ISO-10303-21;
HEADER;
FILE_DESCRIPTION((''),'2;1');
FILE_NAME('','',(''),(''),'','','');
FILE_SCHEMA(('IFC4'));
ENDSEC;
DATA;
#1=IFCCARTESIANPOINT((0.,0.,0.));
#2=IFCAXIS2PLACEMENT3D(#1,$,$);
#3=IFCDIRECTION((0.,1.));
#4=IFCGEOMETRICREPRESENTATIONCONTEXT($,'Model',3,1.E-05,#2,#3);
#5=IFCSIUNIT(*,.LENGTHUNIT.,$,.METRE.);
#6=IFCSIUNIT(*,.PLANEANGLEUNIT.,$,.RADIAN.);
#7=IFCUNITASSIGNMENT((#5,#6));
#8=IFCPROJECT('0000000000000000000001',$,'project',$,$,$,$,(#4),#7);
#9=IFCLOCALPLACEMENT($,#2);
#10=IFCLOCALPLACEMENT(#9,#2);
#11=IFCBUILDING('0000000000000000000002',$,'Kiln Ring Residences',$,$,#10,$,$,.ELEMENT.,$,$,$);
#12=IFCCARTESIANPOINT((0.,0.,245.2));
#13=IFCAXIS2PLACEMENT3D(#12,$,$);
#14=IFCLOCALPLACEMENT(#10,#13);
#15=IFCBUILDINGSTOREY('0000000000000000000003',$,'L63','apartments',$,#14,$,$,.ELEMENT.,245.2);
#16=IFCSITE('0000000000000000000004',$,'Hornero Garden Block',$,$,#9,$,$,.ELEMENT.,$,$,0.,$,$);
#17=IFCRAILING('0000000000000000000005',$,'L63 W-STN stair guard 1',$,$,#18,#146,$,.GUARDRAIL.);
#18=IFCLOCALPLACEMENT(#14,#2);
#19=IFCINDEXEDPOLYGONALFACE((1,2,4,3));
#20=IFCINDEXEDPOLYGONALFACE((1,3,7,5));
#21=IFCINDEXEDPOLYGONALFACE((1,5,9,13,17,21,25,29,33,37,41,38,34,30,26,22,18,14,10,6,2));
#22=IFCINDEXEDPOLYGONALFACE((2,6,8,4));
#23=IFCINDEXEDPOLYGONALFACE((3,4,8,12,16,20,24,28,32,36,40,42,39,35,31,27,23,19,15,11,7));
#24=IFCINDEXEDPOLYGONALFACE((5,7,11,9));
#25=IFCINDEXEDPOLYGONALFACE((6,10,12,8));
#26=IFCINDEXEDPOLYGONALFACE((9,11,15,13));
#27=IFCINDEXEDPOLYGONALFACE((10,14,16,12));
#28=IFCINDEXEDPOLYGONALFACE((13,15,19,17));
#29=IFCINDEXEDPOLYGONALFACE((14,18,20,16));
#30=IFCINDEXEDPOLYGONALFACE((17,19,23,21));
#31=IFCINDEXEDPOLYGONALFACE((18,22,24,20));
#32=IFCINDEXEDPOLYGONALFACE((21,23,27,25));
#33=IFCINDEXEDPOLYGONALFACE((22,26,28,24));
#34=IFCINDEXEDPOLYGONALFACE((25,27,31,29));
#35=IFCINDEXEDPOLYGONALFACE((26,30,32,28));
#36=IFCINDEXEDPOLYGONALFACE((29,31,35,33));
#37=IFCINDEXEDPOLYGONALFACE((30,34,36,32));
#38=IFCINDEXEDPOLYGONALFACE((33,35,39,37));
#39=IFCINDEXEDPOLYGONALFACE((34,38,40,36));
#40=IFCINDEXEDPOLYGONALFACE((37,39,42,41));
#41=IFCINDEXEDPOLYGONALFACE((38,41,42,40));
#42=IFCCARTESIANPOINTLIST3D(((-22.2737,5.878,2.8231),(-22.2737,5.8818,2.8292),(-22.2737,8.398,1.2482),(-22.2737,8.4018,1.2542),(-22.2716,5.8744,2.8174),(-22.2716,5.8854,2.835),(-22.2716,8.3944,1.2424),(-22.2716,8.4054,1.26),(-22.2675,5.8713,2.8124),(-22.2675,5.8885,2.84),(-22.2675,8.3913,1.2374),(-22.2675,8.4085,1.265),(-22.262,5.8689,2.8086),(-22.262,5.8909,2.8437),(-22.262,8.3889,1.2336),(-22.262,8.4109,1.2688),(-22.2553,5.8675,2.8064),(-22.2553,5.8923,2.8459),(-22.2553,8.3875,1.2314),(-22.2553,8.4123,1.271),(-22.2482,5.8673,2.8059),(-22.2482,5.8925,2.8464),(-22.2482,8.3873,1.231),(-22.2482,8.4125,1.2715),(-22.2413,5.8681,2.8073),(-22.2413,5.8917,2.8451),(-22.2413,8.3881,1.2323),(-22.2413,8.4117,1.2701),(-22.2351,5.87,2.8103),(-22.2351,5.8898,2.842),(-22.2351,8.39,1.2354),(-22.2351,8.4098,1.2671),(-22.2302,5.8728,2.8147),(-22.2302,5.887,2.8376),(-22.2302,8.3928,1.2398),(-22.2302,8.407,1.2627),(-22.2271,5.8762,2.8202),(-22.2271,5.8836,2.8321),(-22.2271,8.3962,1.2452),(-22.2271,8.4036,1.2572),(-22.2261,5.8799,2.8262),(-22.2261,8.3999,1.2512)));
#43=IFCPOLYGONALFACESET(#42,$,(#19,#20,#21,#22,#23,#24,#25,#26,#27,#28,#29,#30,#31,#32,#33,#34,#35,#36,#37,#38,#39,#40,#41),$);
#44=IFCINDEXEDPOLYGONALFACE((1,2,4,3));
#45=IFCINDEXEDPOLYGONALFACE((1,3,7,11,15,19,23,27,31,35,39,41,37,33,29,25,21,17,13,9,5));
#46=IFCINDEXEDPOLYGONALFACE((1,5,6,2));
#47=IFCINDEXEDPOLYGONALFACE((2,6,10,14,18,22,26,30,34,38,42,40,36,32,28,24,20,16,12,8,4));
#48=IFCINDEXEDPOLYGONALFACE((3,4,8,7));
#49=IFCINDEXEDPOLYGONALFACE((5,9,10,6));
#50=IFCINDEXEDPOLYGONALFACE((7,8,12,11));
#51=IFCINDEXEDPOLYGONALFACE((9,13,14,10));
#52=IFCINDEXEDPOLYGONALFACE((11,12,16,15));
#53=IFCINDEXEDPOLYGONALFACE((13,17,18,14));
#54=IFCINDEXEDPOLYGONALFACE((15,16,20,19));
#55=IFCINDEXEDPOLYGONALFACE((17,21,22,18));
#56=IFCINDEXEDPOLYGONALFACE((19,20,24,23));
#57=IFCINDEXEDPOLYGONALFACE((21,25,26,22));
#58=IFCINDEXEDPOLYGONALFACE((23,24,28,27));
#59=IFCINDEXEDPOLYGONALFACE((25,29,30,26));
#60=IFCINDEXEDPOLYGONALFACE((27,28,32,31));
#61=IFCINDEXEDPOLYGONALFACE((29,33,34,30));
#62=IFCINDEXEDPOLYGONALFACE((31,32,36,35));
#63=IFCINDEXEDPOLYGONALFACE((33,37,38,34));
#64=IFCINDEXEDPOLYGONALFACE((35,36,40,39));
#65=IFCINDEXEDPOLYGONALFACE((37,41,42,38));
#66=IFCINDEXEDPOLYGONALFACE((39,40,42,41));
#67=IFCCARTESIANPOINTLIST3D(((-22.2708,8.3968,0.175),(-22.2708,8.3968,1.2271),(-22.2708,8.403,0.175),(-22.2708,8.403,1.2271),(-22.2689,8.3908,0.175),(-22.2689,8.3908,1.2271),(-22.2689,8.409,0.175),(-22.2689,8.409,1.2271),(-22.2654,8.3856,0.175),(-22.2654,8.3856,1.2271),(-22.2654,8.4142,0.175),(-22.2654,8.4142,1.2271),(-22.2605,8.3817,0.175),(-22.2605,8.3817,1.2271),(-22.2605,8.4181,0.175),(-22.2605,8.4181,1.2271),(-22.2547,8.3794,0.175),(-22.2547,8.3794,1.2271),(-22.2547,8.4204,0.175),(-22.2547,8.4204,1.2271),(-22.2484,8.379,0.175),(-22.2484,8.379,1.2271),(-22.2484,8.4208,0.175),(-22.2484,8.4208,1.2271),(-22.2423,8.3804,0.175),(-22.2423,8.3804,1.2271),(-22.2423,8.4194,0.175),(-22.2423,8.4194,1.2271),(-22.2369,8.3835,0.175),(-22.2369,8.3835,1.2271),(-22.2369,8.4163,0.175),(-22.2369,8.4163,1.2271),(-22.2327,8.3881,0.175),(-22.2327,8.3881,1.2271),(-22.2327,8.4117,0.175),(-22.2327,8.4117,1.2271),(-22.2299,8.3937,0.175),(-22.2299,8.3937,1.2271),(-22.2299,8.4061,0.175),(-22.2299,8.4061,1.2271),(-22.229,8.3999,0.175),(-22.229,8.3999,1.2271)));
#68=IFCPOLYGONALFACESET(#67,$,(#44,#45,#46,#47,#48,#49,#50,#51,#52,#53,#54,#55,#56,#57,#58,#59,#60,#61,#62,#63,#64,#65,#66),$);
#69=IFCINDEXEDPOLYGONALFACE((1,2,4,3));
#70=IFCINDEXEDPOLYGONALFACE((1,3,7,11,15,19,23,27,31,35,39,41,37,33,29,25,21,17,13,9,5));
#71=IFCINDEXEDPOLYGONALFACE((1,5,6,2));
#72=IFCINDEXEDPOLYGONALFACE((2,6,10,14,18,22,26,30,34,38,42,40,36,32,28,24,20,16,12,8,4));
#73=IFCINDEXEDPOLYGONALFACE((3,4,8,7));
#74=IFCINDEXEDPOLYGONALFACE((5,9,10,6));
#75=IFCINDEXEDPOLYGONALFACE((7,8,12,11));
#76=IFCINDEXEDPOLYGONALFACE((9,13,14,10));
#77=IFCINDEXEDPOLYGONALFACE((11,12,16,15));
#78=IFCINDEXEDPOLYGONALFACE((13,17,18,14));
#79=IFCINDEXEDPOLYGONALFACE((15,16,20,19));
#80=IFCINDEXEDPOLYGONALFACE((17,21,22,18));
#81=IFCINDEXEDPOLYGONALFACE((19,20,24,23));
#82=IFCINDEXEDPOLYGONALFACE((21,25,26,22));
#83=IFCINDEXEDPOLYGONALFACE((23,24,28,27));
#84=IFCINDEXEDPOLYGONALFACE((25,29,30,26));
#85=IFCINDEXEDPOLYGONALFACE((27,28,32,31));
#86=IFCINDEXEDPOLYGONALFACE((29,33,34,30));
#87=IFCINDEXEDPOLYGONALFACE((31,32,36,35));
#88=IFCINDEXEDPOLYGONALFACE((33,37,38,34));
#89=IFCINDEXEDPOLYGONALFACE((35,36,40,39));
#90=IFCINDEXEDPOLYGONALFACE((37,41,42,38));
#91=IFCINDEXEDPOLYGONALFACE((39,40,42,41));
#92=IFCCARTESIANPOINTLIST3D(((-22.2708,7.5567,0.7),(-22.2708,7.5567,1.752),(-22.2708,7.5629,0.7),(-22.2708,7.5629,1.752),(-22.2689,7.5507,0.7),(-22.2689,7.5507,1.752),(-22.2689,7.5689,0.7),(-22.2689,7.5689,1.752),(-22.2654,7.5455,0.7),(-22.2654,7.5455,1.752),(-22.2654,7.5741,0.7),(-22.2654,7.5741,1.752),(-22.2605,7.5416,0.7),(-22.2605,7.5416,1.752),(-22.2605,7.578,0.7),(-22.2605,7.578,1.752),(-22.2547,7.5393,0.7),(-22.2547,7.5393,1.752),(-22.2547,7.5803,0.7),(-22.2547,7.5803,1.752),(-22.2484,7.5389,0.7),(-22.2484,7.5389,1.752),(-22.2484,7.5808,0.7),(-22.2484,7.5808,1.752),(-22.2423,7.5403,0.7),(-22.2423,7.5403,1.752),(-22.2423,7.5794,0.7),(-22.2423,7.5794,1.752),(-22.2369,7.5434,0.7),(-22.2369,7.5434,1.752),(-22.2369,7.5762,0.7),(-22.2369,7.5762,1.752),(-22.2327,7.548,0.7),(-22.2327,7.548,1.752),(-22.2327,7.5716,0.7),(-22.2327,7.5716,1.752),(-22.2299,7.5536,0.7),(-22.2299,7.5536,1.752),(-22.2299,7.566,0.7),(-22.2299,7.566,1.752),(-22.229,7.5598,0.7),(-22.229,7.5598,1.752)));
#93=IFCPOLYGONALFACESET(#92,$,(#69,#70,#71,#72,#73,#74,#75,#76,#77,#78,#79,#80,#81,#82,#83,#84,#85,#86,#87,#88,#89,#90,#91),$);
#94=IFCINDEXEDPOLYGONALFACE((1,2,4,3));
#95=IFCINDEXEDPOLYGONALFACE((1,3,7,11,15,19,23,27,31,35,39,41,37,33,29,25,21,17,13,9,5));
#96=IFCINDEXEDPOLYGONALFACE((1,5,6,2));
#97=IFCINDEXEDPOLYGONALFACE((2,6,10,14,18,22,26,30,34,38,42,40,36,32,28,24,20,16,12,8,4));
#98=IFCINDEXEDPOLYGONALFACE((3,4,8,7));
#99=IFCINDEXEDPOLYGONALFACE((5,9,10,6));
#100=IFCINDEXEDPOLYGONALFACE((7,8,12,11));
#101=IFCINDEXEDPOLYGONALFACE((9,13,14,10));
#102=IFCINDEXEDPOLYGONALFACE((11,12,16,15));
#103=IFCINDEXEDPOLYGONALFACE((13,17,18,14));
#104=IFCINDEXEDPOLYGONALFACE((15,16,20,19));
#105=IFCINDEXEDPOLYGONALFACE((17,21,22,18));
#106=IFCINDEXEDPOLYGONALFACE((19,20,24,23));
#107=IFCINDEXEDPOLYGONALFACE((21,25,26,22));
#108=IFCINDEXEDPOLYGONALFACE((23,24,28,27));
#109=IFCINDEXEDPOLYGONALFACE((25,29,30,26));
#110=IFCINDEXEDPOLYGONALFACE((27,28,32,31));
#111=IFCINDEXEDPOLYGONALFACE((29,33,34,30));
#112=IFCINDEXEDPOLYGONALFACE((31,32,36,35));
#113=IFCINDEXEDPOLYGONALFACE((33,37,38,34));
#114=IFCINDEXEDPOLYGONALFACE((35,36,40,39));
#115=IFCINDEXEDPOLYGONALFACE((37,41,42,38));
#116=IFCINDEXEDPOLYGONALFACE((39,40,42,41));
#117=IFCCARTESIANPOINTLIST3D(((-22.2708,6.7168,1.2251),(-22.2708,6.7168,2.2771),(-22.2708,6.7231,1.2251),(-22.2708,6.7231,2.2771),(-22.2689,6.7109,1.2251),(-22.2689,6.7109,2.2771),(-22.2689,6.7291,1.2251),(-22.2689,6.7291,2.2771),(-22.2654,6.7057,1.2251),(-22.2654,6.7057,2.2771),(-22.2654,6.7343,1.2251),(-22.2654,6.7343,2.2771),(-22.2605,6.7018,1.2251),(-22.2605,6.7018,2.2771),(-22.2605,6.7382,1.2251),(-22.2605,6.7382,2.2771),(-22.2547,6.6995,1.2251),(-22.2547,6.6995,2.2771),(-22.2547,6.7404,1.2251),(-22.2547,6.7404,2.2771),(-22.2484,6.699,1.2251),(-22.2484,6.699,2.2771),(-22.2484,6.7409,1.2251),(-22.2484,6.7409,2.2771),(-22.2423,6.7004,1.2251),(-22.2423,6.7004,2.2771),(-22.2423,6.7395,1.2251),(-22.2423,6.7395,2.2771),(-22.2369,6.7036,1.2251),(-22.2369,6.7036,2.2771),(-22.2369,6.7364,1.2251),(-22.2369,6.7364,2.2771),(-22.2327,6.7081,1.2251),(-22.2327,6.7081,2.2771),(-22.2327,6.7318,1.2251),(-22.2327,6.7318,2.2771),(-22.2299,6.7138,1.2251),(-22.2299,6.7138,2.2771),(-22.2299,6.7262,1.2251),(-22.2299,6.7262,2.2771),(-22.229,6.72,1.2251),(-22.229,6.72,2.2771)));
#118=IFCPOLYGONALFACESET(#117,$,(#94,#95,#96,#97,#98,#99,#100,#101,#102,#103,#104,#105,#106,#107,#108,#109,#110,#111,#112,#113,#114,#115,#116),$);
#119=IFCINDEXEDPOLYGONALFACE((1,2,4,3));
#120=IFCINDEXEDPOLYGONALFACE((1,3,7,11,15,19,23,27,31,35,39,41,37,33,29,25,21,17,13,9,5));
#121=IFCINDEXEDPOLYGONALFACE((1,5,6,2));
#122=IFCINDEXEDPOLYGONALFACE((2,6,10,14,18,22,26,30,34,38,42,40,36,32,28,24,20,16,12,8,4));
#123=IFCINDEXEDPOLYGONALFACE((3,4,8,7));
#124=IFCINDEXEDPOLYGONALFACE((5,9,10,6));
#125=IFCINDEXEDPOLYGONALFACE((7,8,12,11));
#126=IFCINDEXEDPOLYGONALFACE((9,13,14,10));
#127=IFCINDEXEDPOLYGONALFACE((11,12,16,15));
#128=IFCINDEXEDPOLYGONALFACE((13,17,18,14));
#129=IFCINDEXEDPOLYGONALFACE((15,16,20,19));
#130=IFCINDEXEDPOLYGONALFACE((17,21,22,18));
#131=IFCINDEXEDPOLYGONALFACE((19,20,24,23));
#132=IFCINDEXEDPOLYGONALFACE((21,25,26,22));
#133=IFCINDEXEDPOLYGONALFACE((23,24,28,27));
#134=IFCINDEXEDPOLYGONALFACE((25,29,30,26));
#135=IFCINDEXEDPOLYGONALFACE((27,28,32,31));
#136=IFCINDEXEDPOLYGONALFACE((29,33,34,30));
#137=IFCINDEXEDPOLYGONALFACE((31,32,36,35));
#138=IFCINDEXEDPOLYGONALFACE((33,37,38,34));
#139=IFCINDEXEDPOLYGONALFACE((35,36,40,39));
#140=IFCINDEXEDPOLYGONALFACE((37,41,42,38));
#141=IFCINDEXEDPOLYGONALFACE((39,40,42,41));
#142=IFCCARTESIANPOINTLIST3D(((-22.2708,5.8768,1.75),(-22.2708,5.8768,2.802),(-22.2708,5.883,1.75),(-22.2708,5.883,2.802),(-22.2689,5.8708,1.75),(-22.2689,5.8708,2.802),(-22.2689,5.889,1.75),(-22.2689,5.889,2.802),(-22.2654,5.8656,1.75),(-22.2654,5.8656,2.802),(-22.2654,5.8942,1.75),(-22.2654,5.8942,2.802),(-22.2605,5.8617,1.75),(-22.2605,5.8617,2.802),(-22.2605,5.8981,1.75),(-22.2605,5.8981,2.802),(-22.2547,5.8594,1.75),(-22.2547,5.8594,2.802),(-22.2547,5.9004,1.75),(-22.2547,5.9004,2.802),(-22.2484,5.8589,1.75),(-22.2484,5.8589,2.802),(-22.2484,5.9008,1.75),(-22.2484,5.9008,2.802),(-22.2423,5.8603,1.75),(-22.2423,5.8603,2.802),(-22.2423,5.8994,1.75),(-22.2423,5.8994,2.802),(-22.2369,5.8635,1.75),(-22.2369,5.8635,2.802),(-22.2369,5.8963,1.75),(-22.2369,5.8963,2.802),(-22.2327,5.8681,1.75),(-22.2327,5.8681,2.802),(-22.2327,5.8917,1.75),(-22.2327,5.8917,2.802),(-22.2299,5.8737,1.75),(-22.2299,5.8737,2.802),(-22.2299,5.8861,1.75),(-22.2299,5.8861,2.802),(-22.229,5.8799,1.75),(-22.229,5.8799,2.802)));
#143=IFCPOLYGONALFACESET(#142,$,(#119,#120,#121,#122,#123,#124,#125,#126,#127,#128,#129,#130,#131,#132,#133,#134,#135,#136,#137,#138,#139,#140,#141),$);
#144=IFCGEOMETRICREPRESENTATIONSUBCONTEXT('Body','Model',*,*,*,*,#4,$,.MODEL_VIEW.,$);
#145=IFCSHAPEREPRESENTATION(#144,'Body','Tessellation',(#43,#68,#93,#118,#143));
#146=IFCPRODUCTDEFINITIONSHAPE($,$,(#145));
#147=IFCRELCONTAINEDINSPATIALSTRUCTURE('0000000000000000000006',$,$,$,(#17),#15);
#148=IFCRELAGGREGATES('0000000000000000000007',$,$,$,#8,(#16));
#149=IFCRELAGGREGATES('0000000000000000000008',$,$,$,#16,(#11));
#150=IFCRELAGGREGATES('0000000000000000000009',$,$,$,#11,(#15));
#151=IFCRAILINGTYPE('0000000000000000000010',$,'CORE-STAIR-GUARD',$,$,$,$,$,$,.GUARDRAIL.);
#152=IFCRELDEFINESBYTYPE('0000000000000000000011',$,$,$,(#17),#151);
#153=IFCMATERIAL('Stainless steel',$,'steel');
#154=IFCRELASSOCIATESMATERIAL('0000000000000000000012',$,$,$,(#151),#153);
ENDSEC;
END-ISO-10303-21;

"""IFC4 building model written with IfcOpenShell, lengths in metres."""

from ifc_helpers import new_model, si_unit, direction, frame, origin, origin_2d, place, context, subcontext, project, spatial, circle, extrude, material, type_object, element, save


model = new_model("IFC4")

# Units and contexts
model_context = context("Model", 3, precision=1e-05, world=origin(), true_north=direction((0.0, 1.0)))
body_context = subcontext(model_context, "Body", "Model", "MODEL_VIEW")
ifc_project = project(units=[si_unit("LENGTHUNIT", "METRE"), si_unit("PLANEANGLEUNIT", "RADIAN")], contexts=[model_context])

# Site, building, storey
site_placement = place(None, origin())
site = spatial("IfcSite", under=ifc_project, at=site_placement, Name="Hornero Garden Block", CompositionType="ELEMENT", RefElevation=0.0)
building_placement = place(site_placement, origin())
building = spatial("IfcBuilding", under=site, at=building_placement, Name="Kiln Ring Residences", CompositionType="ELEMENT")
storey_placement = place(building_placement, frame((0.0, 0.0, 245.2)))
storey = spatial("IfcBuildingStorey", under=building, at=storey_placement, Name="L63", Description="apartments", CompositionType="ELEMENT", Elevation=245.2)

# Railing
ifc_material_1 = material(Name="Stainless steel", Category="steel")
railing_type = type_object("IfcRailingType", Name="CORE-STAIR-GUARD", PredefinedType="GUARDRAIL", material=ifc_material_1)
railing_1_placement = place(storey_placement, frame((-22.25, 8.3999, 0.175)))
element("IfcRailing", 1, at=railing_1_placement, inside=storey, type_object=railing_type, Name="L63 W-STN stair guard 1", PredefinedType="GUARDRAIL", context=body_context, shape_type="SweptSolid", body=[
    extrude(circle(Radius=0.0239, at=origin_2d()), frame((0.0, 0.0, 1.0762), z_axis=(0.0, -0.848008, 0.529984), x_axis=(1.0, 0.0, 0.0)), (0.0, 0.0, 1.0), 2.9717),
    extrude(circle(Radius=0.021, at=origin_2d()), origin(), (0.0, 0.0, 1.0), 1.052),
    extrude(circle(Radius=0.021, at=origin_2d()), frame((0.0, -0.8401, 0.5249)), (0.0, 0.0, 1.0), 1.052),
    extrude(circle(Radius=0.021, at=origin_2d()), frame((0.0, -1.6799, 1.05)), (0.0, 0.0, 1.0), 1.052),
    extrude(circle(Radius=0.021, at=origin_2d()), frame((0.0, -2.52, 1.575)), (0.0, 0.0, 1.0), 1.052),
])

save(model, "model.ifc")
